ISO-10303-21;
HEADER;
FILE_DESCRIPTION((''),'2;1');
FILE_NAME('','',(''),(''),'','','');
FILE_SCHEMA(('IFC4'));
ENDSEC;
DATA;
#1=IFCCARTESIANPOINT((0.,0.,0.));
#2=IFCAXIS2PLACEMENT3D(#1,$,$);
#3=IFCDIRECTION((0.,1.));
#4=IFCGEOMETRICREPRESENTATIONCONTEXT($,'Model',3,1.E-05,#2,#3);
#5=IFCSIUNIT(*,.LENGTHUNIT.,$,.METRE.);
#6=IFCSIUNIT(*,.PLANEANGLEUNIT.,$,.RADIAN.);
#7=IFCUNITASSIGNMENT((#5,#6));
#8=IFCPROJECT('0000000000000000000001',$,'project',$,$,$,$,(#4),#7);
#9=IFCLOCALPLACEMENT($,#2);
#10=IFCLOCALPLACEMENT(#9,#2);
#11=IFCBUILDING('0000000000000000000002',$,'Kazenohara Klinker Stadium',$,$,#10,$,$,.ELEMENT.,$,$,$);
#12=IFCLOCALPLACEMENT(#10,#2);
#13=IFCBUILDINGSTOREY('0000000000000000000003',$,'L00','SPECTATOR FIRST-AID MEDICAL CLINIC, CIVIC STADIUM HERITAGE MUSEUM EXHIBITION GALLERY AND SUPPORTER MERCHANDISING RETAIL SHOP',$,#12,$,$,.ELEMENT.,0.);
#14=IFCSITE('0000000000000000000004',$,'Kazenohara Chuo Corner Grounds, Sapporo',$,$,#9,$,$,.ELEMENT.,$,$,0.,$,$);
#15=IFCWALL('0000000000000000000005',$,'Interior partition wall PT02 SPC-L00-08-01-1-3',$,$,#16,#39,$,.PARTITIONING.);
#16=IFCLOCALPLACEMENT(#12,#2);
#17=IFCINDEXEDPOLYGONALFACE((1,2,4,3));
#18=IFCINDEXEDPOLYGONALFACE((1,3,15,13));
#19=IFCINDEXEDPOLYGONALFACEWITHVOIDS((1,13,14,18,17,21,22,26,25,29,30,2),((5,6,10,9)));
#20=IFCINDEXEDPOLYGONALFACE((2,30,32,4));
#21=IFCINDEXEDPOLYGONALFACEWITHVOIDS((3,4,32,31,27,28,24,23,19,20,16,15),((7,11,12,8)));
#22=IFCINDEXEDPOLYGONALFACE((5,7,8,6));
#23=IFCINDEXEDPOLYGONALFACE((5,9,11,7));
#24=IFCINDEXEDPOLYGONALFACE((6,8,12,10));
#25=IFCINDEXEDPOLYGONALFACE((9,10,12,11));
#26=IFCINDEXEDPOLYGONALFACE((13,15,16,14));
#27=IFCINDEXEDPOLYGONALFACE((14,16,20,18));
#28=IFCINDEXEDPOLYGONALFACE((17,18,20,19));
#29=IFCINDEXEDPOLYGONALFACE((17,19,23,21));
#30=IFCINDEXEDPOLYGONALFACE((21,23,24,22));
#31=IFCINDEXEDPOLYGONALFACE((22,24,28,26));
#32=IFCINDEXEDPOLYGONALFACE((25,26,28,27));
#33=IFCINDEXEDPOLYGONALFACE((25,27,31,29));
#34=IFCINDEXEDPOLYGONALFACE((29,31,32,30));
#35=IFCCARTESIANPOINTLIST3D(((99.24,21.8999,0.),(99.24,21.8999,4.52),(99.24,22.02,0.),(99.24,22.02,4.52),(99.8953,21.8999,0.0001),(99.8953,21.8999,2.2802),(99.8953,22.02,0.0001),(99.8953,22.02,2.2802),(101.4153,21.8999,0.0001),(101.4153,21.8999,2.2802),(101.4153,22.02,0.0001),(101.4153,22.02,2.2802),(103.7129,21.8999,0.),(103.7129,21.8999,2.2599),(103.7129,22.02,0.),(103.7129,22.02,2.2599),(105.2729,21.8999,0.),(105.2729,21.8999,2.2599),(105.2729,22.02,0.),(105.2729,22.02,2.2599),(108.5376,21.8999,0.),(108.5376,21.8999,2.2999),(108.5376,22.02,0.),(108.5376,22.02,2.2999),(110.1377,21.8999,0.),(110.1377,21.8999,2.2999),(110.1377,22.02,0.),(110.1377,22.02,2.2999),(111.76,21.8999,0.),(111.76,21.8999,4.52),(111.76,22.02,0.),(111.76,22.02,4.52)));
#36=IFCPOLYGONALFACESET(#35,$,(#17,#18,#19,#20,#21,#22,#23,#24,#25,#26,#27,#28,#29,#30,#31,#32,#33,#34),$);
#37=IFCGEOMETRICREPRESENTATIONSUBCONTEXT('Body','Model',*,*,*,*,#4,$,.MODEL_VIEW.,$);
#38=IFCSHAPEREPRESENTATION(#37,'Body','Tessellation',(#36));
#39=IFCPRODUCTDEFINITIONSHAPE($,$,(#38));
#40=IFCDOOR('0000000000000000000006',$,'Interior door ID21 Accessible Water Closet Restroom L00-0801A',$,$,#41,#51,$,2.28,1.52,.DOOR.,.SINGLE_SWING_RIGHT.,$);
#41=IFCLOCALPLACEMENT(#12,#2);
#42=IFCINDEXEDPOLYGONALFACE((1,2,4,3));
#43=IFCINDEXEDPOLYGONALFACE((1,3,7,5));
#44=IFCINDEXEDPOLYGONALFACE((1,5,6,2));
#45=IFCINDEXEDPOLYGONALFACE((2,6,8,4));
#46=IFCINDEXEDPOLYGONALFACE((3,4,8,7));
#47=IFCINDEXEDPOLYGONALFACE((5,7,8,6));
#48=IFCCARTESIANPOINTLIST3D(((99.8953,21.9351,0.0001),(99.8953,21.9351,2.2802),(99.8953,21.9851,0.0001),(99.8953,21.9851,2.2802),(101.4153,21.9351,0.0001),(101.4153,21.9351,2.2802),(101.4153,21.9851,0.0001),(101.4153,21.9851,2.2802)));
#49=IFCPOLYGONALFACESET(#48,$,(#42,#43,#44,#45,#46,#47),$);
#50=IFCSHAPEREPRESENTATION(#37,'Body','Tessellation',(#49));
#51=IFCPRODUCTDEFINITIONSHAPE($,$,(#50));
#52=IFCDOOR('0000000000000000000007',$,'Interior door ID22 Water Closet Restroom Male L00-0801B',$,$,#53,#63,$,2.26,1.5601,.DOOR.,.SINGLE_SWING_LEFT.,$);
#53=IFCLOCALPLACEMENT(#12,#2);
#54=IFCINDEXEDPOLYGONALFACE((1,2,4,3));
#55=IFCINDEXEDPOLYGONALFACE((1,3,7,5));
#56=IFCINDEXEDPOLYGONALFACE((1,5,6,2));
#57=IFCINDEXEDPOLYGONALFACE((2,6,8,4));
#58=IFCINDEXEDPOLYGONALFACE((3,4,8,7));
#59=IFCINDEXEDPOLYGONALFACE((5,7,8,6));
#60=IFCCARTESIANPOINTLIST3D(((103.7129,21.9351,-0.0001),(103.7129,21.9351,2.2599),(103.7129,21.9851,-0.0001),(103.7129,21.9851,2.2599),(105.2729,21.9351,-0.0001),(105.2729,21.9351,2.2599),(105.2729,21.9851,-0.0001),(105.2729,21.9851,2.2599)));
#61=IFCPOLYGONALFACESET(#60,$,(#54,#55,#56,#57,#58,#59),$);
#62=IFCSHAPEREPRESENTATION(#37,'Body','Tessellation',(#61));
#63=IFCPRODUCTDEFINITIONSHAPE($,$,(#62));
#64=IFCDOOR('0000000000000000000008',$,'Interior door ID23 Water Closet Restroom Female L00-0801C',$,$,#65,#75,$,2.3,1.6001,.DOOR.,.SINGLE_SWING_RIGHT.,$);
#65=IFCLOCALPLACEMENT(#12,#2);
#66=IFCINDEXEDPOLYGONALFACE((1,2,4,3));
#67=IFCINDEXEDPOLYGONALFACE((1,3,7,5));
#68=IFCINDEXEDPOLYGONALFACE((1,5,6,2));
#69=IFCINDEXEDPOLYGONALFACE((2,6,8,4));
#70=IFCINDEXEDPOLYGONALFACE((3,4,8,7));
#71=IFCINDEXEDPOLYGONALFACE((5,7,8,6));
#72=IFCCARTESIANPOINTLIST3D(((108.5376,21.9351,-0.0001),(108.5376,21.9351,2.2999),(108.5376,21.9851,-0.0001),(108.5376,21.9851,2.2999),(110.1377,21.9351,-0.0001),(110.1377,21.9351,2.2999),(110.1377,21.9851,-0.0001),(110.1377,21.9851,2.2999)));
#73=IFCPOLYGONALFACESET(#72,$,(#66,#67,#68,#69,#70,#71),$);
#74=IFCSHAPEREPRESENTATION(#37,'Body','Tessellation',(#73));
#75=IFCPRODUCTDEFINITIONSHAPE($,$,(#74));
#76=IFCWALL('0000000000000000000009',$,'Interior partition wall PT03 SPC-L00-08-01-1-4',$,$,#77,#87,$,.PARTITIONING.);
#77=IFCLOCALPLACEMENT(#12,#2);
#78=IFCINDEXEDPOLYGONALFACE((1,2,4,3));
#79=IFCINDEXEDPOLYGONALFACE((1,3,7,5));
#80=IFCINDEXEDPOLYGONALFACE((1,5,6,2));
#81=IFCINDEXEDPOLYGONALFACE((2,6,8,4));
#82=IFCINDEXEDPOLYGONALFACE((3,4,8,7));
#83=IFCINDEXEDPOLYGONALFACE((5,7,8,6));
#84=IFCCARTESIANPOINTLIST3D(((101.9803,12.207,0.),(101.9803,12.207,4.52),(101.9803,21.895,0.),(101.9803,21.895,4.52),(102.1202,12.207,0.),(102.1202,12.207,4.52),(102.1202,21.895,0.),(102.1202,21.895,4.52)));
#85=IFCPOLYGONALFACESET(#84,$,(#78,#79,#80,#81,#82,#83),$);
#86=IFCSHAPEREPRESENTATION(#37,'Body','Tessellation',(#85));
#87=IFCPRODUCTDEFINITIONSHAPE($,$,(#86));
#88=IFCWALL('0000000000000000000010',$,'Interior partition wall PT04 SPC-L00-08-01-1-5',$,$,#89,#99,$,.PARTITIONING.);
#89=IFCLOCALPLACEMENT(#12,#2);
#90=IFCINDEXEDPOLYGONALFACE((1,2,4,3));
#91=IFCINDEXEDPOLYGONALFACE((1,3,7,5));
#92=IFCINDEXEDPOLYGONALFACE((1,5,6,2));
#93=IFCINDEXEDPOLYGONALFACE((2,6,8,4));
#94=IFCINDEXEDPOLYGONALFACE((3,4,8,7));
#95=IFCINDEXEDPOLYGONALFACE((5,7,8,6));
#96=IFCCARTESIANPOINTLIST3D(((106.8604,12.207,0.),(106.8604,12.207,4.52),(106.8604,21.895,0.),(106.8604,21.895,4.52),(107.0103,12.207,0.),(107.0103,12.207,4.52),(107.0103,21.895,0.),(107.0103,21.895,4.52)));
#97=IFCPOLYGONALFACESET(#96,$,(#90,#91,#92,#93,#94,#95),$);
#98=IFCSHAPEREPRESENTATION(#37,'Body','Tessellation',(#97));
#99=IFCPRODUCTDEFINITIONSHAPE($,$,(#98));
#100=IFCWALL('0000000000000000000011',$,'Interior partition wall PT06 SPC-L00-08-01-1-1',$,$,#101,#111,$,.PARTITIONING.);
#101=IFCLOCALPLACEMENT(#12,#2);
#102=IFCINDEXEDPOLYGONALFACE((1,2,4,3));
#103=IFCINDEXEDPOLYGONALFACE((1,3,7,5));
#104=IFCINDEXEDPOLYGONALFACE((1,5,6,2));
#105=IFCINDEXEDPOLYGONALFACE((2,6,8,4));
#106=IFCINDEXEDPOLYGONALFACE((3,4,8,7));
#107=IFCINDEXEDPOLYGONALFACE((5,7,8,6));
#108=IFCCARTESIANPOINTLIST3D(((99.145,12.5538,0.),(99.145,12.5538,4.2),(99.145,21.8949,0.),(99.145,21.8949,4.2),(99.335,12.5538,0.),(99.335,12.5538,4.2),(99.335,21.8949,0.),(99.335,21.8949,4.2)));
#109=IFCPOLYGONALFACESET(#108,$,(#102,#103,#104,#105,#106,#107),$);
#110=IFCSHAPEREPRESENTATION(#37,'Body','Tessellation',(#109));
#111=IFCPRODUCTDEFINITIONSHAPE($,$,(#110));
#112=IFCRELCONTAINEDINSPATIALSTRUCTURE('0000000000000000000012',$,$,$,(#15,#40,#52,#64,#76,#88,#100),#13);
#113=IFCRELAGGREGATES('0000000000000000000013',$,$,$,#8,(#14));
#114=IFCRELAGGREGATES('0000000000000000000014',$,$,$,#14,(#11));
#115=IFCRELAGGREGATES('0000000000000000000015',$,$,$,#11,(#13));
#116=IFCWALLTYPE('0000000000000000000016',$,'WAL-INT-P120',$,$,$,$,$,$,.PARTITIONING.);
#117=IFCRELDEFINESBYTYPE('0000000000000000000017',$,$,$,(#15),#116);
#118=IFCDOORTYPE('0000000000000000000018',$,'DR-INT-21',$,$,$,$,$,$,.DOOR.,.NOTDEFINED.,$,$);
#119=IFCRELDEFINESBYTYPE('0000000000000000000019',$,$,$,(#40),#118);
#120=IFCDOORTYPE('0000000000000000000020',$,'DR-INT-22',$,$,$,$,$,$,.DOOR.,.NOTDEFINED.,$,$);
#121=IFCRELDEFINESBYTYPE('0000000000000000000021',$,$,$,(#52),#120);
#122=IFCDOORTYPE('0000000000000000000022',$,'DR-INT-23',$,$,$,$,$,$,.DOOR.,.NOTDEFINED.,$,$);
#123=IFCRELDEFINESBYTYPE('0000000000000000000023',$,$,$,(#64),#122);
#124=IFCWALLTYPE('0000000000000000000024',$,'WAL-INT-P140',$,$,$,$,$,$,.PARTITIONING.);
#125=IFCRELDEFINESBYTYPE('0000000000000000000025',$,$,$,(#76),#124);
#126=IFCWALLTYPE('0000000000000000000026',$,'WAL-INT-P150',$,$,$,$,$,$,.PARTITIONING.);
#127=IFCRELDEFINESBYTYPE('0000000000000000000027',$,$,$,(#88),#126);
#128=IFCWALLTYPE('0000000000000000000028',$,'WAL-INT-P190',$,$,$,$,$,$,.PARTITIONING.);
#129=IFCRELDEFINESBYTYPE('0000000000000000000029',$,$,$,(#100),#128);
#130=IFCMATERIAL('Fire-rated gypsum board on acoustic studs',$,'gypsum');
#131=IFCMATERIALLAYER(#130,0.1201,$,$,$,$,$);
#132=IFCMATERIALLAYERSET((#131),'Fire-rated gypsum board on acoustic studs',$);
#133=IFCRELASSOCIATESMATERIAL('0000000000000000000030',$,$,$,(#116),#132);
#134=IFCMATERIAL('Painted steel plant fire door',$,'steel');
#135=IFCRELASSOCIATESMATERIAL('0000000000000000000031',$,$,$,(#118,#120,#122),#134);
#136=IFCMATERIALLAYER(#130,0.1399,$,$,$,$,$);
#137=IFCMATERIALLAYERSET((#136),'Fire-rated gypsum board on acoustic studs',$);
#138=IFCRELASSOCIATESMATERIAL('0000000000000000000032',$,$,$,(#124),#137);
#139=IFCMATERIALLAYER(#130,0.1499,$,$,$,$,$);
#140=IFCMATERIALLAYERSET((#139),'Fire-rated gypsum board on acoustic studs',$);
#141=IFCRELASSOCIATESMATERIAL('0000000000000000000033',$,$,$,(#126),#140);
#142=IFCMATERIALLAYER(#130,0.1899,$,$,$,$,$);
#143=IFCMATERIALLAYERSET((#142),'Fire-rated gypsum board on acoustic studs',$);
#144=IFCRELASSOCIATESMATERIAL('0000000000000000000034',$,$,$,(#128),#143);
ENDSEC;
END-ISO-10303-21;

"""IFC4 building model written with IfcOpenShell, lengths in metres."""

from ifc_helpers import new_model, si_unit, direction, frame, frame_2d, origin, place, context, subcontext, project, spatial, rectangle, extrude, material, layer, layer_set, type_object, element, fill, save


model = new_model("IFC4")

# Units and contexts
model_context = context("Model", 3, precision=1e-05, world=origin(), true_north=direction((0.0, 1.0)))
body_context = subcontext(model_context, "Body", "Model", "MODEL_VIEW")
ifc_project = project(units=[si_unit("LENGTHUNIT", "METRE"), si_unit("PLANEANGLEUNIT", "RADIAN")], contexts=[model_context])

# Site, building, storey
site_placement = place(None, origin())
site = spatial("IfcSite", under=ifc_project, at=site_placement, Name="Kazenohara Chuo Corner Grounds, Sapporo", CompositionType="ELEMENT", RefElevation=0.0)
building_placement = place(site_placement, origin())
building = spatial("IfcBuilding", under=site, at=building_placement, Name="Kazenohara Klinker Stadium", CompositionType="ELEMENT")
storey_placement = place(building_placement, origin())
storey = spatial("IfcBuildingStorey", under=building, at=storey_placement, Name="L00", Description="SPECTATOR FIRST-AID MEDICAL CLINIC, CIVIC STADIUM HERITAGE MUSEUM EXHIBITION GALLERY AND SUPPORTER MERCHANDISING RETAIL SHOP", CompositionType="ELEMENT", Elevation=0.0)

# Shared definitions
ifc_material_1 = material(Name="Fire-rated gypsum board on acoustic studs", Category="gypsum")

# Wall, openings, doors
ifc_layer_1 = layer(ifc_material_1, 0.1201)
ifc_layer_set_1 = layer_set([ifc_layer_1], Name="Fire-rated gypsum board on acoustic studs")
wall_type_1 = type_object("IfcWallType", Name="WAL-INT-P120", PredefinedType="PARTITIONING", material=ifc_layer_set_1)
wall_1_placement = place(storey_placement, frame((99.24, 21.96, 0.0), z_axis=(0.0, 0.0, 1.0), x_axis=(1.0, 0.0, 0.0)))
wall_1 = element("IfcWall", 1, at=wall_1_placement, inside=storey, type_object=wall_type_1, Name="Interior partition wall PT02 SPC-L00-08-01-1-3", PredefinedType="PARTITIONING", context=body_context, shape_type="SweptSolid", body=[
    extrude(rectangle(XDim=12.52, YDim=0.1201, at=frame_2d((6.26, 0.0))), origin(), (0.0, 0.0, 1.0), 4.52),
])
opening_1_placement = place(wall_1_placement, frame((2.1753, 0.0, 0.0), z_axis=(0.0, 0.0, 1.0), x_axis=(-1.0, 0.0, 0.0)))
opening_1 = element("IfcOpeningElement", 2, at=opening_1_placement, cuts=wall_1, PredefinedType="OPENING", context=body_context, shape_type="SweptSolid", body=[
    extrude(rectangle(XDim=1.52, YDim=2.28, at=frame_2d((0.76, 1.1401))), frame((0.0, 0.0701, 0.0), z_axis=(0.0, -1.0, 0.0), x_axis=(1.0, 0.0, 0.0)), (0.0, 0.0, 1.0), 0.1401),
])
opening_2_placement = place(wall_1_placement, frame((6.033, 0.0, 0.0), z_axis=(0.0, 0.0, 1.0), x_axis=(-1.0, 0.0, 0.0)))
opening_2 = element("IfcOpeningElement", 3, at=opening_2_placement, cuts=wall_1, PredefinedType="OPENING", context=body_context, shape_type="SweptSolid", body=[
    extrude(rectangle(XDim=1.5601, YDim=2.26, at=frame_2d((0.78, 1.1299))), frame((0.0, 0.0701, 0.0), z_axis=(0.0, -1.0, 0.0), x_axis=(1.0, 0.0, 0.0)), (0.0, 0.0, 1.0), 0.1401),
])
opening_3_placement = place(wall_1_placement, frame((10.8977, 0.0, 0.0), z_axis=(0.0, 0.0, 1.0), x_axis=(-1.0, 0.0, 0.0)))
opening_3 = element("IfcOpeningElement", 4, at=opening_3_placement, cuts=wall_1, PredefinedType="OPENING", context=body_context, shape_type="SweptSolid", body=[
    extrude(rectangle(XDim=1.6001, YDim=2.3, at=frame_2d((0.8, 1.1499))), frame((0.0, 0.0701, 0.0), z_axis=(0.0, -1.0, 0.0), x_axis=(1.0, 0.0, 0.0)), (0.0, 0.0, 1.0), 0.1401),
])
ifc_material_2 = material(Name="Painted steel plant fire door", Category="steel")
door_type_1 = type_object("IfcDoorType", Name="DR-INT-21", OperationType="NOTDEFINED", PredefinedType="DOOR", material=ifc_material_2)
door_1_placement = place(opening_1_placement, origin())
door_1 = element("IfcDoor", 5, at=door_1_placement, inside=storey, type_object=door_type_1, Name="Interior door ID21 Accessible Water Closet Restroom L00-0801A", OperationType="SINGLE_SWING_RIGHT", OverallHeight=2.28, OverallWidth=1.52, PredefinedType="DOOR", context=body_context, shape_type="SweptSolid", body=[
    extrude(rectangle(XDim=1.52, YDim=2.28, at=frame_2d((0.76, 1.1401))), frame((0.0, 0.0249, 0.0), z_axis=(0.0, -1.0, 0.0), x_axis=(1.0, 0.0, 0.0)), (0.0, 0.0, 1.0), 0.05),
])
fill(opening_1, door_1)
door_type_2 = type_object("IfcDoorType", Name="DR-INT-22", OperationType="NOTDEFINED", PredefinedType="DOOR", material=ifc_material_2)
door_2_placement = place(opening_2_placement, origin())
door_2 = element("IfcDoor", 6, at=door_2_placement, inside=storey, type_object=door_type_2, Name="Interior door ID22 Water Closet Restroom Male L00-0801B", OperationType="SINGLE_SWING_LEFT", OverallHeight=2.26, OverallWidth=1.5601, PredefinedType="DOOR", context=body_context, shape_type="SweptSolid", body=[
    extrude(rectangle(XDim=1.5601, YDim=2.26, at=frame_2d((0.78, 1.1299))), frame((0.0, 0.0249, 0.0), z_axis=(0.0, -1.0, 0.0), x_axis=(1.0, 0.0, 0.0)), (0.0, 0.0, 1.0), 0.05),
])
fill(opening_2, door_2)
door_type_3 = type_object("IfcDoorType", Name="DR-INT-23", OperationType="NOTDEFINED", PredefinedType="DOOR", material=ifc_material_2)
door_3_placement = place(opening_3_placement, origin())
door_3 = element("IfcDoor", 7, at=door_3_placement, inside=storey, type_object=door_type_3, Name="Interior door ID23 Water Closet Restroom Female L00-0801C", OperationType="SINGLE_SWING_RIGHT", OverallHeight=2.3, OverallWidth=1.6001, PredefinedType="DOOR", context=body_context, shape_type="SweptSolid", body=[
    extrude(rectangle(XDim=1.6001, YDim=2.3, at=frame_2d((0.8, 1.1499))), frame((0.0, 0.0249, 0.0), z_axis=(0.0, -1.0, 0.0), x_axis=(1.0, 0.0, 0.0)), (0.0, 0.0, 1.0), 0.05),
])
fill(opening_3, door_3)

# Walls
ifc_layer_2 = layer(ifc_material_1, 0.1399)
ifc_layer_set_2 = layer_set([ifc_layer_2], Name="Fire-rated gypsum board on acoustic studs")
wall_type_2 = type_object("IfcWallType", Name="WAL-INT-P140", PredefinedType="PARTITIONING", material=ifc_layer_set_2)
wall_2_placement = place(storey_placement, frame((102.0503, 12.207, 0.0), z_axis=(0.0, 0.0, 1.0), x_axis=(0.0, 1.0, 0.0)))
element("IfcWall", 8, at=wall_2_placement, inside=storey, type_object=wall_type_2, Name="Interior partition wall PT03 SPC-L00-08-01-1-4", PredefinedType="PARTITIONING", context=body_context, shape_type="SweptSolid", body=[
    extrude(rectangle(XDim=9.688, YDim=0.1399, at=frame_2d((4.844, 0.0))), origin(), (0.0, 0.0, 1.0), 4.52),
])
ifc_layer_3 = layer(ifc_material_1, 0.1499)
ifc_layer_set_3 = layer_set([ifc_layer_3], Name="Fire-rated gypsum board on acoustic studs")
wall_type_3 = type_object("IfcWallType", Name="WAL-INT-P150", PredefinedType="PARTITIONING", material=ifc_layer_set_3)
wall_3_placement = place(storey_placement, frame((106.9353, 12.207, 0.0), z_axis=(0.0, 0.0, 1.0), x_axis=(0.0, 1.0, 0.0)))
element("IfcWall", 9, at=wall_3_placement, inside=storey, type_object=wall_type_3, Name="Interior partition wall PT04 SPC-L00-08-01-1-5", PredefinedType="PARTITIONING", context=body_context, shape_type="SweptSolid", body=[
    extrude(rectangle(XDim=9.688, YDim=0.1499, at=frame_2d((4.844, 0.0))), origin(), (0.0, 0.0, 1.0), 4.52),
])
ifc_layer_4 = layer(ifc_material_1, 0.1899)
ifc_layer_set_4 = layer_set([ifc_layer_4], Name="Fire-rated gypsum board on acoustic studs")
wall_type_4 = type_object("IfcWallType", Name="WAL-INT-P190", PredefinedType="PARTITIONING", material=ifc_layer_set_4)
wall_4_placement = place(storey_placement, frame((99.24, 12.554, 0.0), z_axis=(0.0, 0.0, 1.0), x_axis=(0.0, 1.0, 0.0)))
element("IfcWall", 10, at=wall_4_placement, inside=storey, type_object=wall_type_4, Name="Interior partition wall PT06 SPC-L00-08-01-1-1", PredefinedType="PARTITIONING", context=body_context, shape_type="SweptSolid", body=[
    extrude(rectangle(XDim=9.3411, YDim=0.1899, at=frame_2d((4.6704, 0.0))), origin(), (0.0, 0.0, 1.0), 4.2),
])

save(model, "model.ifc")
